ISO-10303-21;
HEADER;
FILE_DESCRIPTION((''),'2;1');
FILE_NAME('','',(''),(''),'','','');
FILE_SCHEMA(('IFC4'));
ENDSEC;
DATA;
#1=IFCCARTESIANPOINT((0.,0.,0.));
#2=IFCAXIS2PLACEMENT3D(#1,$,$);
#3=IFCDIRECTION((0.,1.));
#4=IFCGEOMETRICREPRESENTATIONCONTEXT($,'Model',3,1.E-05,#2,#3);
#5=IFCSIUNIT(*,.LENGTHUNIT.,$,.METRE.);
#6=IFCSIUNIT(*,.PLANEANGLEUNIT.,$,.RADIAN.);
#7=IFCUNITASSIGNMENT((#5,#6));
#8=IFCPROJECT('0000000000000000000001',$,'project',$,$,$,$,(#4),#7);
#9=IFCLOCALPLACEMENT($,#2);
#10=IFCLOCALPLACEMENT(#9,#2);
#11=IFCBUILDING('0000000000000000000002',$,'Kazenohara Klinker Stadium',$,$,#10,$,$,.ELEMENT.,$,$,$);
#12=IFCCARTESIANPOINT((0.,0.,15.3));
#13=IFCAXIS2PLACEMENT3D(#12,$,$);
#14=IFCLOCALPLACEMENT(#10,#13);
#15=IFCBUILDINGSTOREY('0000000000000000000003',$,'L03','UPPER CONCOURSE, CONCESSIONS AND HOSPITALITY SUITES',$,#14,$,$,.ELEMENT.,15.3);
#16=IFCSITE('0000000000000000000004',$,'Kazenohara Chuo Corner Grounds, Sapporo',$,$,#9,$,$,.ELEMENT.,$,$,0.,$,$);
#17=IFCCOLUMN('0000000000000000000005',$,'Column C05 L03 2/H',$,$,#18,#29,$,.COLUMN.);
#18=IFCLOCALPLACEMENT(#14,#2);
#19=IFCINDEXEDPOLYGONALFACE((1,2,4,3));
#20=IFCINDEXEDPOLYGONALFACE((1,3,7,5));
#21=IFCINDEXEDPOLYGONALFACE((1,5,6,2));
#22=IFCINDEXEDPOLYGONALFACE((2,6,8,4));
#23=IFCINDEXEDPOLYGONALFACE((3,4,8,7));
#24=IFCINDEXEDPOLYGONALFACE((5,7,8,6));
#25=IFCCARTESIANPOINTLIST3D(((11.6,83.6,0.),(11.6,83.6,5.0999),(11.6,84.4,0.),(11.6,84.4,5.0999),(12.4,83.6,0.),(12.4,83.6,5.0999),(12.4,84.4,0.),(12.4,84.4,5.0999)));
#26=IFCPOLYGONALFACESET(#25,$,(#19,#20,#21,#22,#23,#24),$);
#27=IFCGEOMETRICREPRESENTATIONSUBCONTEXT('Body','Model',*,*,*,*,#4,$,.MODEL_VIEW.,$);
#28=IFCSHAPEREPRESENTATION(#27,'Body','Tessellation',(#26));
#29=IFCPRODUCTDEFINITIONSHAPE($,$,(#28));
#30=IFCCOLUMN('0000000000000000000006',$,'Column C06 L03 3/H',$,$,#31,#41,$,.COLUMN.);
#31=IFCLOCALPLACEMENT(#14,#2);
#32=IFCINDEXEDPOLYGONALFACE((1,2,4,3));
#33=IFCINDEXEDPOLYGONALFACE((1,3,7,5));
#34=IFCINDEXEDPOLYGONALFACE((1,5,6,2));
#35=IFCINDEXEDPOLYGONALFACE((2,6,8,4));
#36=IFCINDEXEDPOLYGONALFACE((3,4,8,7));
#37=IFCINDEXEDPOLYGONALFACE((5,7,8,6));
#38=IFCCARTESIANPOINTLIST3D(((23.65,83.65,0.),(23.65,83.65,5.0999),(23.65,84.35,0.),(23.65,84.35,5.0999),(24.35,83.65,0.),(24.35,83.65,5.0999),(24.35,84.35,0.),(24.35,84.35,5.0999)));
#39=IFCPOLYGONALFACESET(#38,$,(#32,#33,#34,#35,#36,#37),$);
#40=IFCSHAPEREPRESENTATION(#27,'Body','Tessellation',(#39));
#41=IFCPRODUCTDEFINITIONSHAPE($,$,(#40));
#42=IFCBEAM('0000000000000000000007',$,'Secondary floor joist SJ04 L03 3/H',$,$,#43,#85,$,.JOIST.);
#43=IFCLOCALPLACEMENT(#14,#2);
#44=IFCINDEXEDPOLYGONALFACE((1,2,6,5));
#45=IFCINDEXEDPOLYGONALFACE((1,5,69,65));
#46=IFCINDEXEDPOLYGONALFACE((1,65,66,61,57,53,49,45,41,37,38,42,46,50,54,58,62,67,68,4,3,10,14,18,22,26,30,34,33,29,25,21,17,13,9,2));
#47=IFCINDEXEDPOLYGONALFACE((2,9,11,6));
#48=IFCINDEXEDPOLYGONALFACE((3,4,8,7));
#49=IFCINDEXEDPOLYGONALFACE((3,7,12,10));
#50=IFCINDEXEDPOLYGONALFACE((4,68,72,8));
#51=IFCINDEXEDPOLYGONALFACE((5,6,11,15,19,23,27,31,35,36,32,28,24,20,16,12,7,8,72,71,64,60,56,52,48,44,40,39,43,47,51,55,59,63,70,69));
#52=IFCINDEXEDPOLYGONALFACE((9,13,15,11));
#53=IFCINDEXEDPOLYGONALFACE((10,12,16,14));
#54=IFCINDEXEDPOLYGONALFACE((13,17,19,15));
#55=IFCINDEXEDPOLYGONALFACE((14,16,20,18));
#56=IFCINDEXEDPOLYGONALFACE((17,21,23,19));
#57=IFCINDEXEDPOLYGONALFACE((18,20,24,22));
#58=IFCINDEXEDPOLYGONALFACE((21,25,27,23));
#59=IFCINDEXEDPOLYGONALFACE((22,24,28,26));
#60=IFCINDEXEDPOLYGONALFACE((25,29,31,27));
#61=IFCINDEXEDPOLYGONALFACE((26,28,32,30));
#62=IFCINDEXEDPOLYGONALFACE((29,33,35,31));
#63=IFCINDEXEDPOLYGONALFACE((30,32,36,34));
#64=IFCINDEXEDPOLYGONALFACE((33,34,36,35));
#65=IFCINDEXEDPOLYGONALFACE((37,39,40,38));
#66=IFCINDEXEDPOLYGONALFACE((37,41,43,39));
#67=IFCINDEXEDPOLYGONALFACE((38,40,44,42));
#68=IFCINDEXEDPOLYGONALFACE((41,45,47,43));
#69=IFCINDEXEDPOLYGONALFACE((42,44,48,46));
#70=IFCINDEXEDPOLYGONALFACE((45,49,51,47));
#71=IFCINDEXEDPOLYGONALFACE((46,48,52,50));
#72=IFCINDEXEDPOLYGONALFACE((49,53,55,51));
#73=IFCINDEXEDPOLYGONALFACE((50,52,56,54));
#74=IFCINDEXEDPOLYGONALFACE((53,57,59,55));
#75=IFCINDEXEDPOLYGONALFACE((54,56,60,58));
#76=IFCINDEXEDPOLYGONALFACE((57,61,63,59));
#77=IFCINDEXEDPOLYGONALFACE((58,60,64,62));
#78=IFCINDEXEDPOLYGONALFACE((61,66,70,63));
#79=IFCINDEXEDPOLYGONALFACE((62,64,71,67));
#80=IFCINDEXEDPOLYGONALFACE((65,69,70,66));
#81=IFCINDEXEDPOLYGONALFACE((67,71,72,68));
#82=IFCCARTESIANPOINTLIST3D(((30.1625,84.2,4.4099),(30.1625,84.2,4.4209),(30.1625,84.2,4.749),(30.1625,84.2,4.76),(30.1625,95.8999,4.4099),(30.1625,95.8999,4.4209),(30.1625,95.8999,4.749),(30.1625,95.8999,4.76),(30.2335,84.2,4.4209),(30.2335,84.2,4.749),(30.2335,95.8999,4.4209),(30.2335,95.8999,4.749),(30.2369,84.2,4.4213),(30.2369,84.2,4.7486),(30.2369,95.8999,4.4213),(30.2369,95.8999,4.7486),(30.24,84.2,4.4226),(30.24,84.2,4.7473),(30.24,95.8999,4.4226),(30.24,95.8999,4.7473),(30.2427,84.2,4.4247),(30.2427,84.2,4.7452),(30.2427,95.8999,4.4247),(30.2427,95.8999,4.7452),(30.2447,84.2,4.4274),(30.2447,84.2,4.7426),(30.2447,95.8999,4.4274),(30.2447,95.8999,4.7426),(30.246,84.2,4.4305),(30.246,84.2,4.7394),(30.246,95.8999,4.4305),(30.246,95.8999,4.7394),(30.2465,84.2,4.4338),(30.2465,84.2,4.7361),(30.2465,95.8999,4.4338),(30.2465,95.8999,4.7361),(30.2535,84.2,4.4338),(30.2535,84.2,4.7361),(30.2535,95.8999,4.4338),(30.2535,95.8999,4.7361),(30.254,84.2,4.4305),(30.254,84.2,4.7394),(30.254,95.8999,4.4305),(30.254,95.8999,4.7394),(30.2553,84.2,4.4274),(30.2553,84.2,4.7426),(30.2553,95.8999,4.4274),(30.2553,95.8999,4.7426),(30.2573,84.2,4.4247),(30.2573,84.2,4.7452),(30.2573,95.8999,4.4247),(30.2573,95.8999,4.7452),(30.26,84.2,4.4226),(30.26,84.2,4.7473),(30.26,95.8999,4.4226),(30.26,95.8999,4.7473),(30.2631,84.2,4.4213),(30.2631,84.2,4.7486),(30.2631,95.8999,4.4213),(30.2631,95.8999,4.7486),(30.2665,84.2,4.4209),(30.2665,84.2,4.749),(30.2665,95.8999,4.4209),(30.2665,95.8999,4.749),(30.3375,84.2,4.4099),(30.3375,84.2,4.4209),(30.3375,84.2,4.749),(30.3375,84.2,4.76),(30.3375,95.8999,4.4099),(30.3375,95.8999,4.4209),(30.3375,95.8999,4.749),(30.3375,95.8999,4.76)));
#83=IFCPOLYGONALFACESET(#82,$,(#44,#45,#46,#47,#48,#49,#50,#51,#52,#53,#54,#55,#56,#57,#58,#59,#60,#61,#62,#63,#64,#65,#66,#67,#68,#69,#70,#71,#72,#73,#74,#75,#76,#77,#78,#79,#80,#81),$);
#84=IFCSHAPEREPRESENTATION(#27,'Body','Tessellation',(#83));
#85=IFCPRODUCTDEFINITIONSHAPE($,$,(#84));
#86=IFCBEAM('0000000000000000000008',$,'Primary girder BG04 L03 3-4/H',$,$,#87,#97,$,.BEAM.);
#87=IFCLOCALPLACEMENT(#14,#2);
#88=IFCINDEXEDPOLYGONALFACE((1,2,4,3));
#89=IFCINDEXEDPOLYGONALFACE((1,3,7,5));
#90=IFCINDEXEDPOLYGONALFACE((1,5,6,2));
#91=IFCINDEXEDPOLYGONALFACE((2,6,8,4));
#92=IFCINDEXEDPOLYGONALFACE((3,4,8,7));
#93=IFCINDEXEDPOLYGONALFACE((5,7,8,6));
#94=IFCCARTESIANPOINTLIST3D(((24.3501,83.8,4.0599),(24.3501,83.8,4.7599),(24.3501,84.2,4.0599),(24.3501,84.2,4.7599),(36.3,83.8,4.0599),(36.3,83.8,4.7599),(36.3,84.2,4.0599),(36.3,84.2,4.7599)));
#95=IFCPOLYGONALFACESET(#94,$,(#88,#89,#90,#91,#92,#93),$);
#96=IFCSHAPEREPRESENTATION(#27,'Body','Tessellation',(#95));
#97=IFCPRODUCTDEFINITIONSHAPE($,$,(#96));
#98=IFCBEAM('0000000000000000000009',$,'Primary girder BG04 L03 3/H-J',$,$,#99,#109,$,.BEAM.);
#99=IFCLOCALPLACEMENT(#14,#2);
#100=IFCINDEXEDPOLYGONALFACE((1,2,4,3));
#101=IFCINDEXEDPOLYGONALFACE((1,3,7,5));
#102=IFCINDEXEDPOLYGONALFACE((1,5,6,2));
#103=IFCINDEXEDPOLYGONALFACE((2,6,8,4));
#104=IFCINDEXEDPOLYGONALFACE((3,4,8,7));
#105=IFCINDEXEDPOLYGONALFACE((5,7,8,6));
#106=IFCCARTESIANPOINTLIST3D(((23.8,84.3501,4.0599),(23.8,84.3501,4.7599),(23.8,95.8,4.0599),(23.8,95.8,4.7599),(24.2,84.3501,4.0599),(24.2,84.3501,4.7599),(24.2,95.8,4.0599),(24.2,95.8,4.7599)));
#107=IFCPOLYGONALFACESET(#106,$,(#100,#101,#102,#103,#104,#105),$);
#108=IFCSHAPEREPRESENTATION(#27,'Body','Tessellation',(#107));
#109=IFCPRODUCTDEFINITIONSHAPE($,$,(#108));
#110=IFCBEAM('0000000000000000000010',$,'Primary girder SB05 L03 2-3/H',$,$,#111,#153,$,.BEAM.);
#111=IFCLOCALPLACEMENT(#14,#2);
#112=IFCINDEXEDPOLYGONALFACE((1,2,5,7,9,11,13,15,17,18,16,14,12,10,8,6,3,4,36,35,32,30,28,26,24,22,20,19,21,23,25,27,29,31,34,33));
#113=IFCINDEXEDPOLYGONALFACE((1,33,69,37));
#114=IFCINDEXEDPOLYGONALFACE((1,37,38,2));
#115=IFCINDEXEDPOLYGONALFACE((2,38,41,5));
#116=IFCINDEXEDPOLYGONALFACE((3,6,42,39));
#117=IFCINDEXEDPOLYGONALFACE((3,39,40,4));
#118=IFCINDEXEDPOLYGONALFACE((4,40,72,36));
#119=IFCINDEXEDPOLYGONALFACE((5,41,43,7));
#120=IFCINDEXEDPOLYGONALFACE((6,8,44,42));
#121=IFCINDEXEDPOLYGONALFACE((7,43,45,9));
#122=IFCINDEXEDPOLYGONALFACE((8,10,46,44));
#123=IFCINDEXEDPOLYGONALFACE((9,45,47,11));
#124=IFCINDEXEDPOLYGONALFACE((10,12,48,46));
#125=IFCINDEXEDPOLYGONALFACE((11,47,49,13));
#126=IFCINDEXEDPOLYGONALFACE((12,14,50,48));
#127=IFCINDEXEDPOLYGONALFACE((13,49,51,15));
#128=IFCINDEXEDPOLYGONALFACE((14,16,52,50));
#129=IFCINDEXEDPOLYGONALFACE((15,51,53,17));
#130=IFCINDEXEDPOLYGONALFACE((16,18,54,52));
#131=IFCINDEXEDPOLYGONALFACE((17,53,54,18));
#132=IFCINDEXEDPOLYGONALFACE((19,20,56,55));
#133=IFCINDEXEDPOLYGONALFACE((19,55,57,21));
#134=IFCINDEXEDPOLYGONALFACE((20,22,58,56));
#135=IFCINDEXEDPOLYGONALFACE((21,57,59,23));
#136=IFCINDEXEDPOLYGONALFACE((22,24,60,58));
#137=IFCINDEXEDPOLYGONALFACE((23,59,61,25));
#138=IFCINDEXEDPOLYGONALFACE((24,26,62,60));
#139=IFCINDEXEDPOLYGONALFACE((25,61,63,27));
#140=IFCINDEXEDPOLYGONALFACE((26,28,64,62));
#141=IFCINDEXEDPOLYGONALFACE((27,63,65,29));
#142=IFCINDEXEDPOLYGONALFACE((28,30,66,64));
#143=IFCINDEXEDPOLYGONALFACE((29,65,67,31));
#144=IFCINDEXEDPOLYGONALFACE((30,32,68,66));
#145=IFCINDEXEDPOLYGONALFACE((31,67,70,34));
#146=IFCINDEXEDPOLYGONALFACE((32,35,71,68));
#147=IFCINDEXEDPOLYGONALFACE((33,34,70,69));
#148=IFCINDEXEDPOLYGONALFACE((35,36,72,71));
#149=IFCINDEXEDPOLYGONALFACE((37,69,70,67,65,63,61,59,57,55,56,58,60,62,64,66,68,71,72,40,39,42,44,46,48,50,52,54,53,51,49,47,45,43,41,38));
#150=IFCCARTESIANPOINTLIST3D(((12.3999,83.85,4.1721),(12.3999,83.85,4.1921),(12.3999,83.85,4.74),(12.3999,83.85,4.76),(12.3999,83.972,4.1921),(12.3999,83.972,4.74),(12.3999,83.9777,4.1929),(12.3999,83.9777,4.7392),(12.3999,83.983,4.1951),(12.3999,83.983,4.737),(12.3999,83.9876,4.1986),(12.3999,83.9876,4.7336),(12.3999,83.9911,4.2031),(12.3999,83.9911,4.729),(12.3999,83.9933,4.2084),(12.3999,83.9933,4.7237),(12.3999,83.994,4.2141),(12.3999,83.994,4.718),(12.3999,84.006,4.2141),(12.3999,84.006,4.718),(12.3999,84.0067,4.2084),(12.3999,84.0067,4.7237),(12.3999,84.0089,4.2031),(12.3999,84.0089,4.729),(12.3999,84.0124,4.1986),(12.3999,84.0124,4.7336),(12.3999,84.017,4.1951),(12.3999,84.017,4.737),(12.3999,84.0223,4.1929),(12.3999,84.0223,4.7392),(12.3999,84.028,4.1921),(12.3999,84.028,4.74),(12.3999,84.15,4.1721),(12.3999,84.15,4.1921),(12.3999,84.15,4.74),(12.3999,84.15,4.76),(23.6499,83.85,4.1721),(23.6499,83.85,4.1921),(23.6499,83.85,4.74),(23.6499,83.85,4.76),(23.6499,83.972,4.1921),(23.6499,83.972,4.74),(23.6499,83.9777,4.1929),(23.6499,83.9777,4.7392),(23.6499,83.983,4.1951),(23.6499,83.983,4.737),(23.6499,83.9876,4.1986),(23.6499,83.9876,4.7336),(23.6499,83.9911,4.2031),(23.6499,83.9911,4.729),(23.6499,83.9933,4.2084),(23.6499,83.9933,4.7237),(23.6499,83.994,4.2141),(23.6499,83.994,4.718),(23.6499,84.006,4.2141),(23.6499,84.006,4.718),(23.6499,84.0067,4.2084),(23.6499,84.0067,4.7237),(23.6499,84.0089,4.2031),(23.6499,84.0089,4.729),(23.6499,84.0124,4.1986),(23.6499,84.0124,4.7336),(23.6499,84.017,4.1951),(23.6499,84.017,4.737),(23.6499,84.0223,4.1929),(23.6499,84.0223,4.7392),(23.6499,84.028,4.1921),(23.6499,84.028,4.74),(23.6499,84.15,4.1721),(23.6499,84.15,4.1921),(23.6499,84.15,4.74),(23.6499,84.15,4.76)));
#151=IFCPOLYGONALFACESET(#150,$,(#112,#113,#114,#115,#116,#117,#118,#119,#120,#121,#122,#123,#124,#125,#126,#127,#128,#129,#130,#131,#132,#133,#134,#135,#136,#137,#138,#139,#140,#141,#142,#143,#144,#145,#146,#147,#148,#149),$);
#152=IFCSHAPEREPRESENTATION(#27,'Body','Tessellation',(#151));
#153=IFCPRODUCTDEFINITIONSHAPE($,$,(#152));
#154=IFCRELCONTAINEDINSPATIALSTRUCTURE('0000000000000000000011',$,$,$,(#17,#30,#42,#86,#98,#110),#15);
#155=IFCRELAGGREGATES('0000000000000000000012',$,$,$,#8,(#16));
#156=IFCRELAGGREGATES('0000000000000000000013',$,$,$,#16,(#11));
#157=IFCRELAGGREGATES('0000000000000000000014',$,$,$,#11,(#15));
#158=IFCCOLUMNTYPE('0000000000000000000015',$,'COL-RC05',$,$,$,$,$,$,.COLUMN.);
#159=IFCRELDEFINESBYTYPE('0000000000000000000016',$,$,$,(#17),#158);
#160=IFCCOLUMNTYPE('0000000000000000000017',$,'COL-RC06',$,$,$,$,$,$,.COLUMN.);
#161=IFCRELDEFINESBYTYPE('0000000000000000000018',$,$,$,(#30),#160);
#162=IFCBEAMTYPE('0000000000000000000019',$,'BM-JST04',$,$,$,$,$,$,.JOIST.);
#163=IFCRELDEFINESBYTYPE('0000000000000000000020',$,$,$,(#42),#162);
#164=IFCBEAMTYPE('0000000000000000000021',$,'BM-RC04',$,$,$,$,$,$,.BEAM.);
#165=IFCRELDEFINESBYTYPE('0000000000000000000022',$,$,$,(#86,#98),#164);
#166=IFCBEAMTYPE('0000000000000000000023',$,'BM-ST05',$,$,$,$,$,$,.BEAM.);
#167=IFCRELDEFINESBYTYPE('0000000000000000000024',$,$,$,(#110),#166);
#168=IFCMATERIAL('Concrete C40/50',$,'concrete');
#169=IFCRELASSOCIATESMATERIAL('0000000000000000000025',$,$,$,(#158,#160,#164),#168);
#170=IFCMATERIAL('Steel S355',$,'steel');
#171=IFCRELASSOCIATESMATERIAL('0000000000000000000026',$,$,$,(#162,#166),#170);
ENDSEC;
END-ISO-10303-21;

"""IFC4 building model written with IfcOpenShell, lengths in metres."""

from ifc_helpers import new_model, si_unit, direction, frame, origin, origin_2d, place, context, subcontext, project, spatial, rectangle, i_section, extrude, material, material_profile, profile_set, type_object, element, save


model = new_model("IFC4")

# Units and contexts
model_context = context("Model", 3, precision=1e-05, world=origin(), true_north=direction((0.0, 1.0)))
body_context = subcontext(model_context, "Body", "Model", "MODEL_VIEW")
ifc_project = project(units=[si_unit("LENGTHUNIT", "METRE"), si_unit("PLANEANGLEUNIT", "RADIAN")], contexts=[model_context])

# Site, building, storey
site_placement = place(None, origin())
site = spatial("IfcSite", under=ifc_project, at=site_placement, Name="Kazenohara Chuo Corner Grounds, Sapporo", CompositionType="ELEMENT", RefElevation=0.0)
building_placement = place(site_placement, origin())
building = spatial("IfcBuilding", under=site, at=building_placement, Name="Kazenohara Klinker Stadium", CompositionType="ELEMENT")
storey_placement = place(building_placement, frame((0.0, 0.0, 15.3)))
storey = spatial("IfcBuildingStorey", under=building, at=storey_placement, Name="L03", Description="UPPER CONCOURSE, CONCESSIONS AND HOSPITALITY SUITES", CompositionType="ELEMENT", Elevation=15.3)

# Columns
ifc_material_1 = material(Name="Concrete C40/50", Category="concrete")
ifc_material_profile_1 = material_profile(ifc_material_1, rectangle(XDim=0.8, YDim=0.8, at=origin_2d()), Name="RC-COL-800x800")
ifc_profile_set_1 = profile_set([ifc_material_profile_1], Name="Concrete C40/50")
column_type_1 = type_object("IfcColumnType", Name="COL-RC05", PredefinedType="COLUMN", material=ifc_profile_set_1)
column_1_placement = place(storey_placement, frame((12.0, 84.0, 0.0), z_axis=(0.0, 0.0, 1.0), x_axis=(1.0, 0.0, 0.0)))
element("IfcColumn", 1, at=column_1_placement, inside=storey, type_object=column_type_1, Name="Column C05 L03 2/H", PredefinedType="COLUMN", context=body_context, shape_type="SweptSolid", body=[
    extrude(rectangle(XDim=0.8, YDim=0.8, at=origin_2d()), origin(), (0.0, 0.0, 1.0), 5.0999),
])
ifc_material_profile_2 = material_profile(ifc_material_1, rectangle(XDim=0.7, YDim=0.7, at=origin_2d()), Name="RC-COL-700x700")
ifc_profile_set_2 = profile_set([ifc_material_profile_2], Name="Concrete C40/50")
column_type_2 = type_object("IfcColumnType", Name="COL-RC06", PredefinedType="COLUMN", material=ifc_profile_set_2)
column_2_placement = place(storey_placement, frame((24.0, 84.0, 0.0), z_axis=(0.0, 0.0, 1.0), x_axis=(1.0, 0.0, 0.0)))
element("IfcColumn", 2, at=column_2_placement, inside=storey, type_object=column_type_2, Name="Column C06 L03 3/H", PredefinedType="COLUMN", context=body_context, shape_type="SweptSolid", body=[
    extrude(rectangle(XDim=0.7, YDim=0.7, at=origin_2d()), origin(), (0.0, 0.0, 1.0), 5.0999),
])

# Beams
ifc_material_2 = material(Name="Steel S355", Category="steel")
ifc_material_profile_3 = material_profile(ifc_material_2, i_section(OverallWidth=0.175, OverallDepth=0.3501, WebThickness=0.0071, FlangeThickness=0.011, FilletRadius=0.0129, at=origin_2d()), Name="H-350x175x7x11")
ifc_profile_set_3 = profile_set([ifc_material_profile_3], Name="Steel S355")
beam_type_1 = type_object("IfcBeamType", Name="BM-JST04", PredefinedType="JOIST", material=ifc_profile_set_3)
beam_1_placement = place(storey_placement, frame((30.25, 84.2, 4.585), z_axis=(0.0, 1.0, 0.0), x_axis=(-1.0, 0.0, 0.0)))
element("IfcBeam", 3, at=beam_1_placement, inside=storey, type_object=beam_type_1, Name="Secondary floor joist SJ04 L03 3/H", PredefinedType="JOIST", context=body_context, shape_type="SweptSolid", body=[
    extrude(i_section(OverallWidth=0.175, OverallDepth=0.3501, WebThickness=0.0071, FlangeThickness=0.011, FilletRadius=0.0129, at=origin_2d()), origin(), (0.0, 0.0, 1.0), 11.7),
])
ifc_material_profile_4 = material_profile(ifc_material_1, rectangle(XDim=0.3999, YDim=0.7, at=origin_2d()), Name="RC-BM-400x700")
ifc_profile_set_4 = profile_set([ifc_material_profile_4], Name="Concrete C40/50")
beam_type_2 = type_object("IfcBeamType", Name="BM-RC04", PredefinedType="BEAM", material=ifc_profile_set_4)
beam_2_placement = place(storey_placement, frame((24.3501, 84.0, 4.4099), z_axis=(1.0, 0.0, 0.0), x_axis=(0.0, 1.0, 0.0)))
element("IfcBeam", 4, at=beam_2_placement, inside=storey, type_object=beam_type_2, Name="Primary girder BG04 L03 3-4/H", PredefinedType="BEAM", context=body_context, shape_type="SweptSolid", body=[
    extrude(rectangle(XDim=0.3999, YDim=0.7, at=origin_2d()), origin(), (0.0, 0.0, 1.0), 11.95),
])
beam_3_placement = place(storey_placement, frame((24.0, 84.3501, 4.4099), z_axis=(0.0, 1.0, 0.0), x_axis=(-1.0, 0.0, 0.0)))
element("IfcBeam", 5, at=beam_3_placement, inside=storey, type_object=beam_type_2, Name="Primary girder BG04 L03 3/H-J", PredefinedType="BEAM", context=body_context, shape_type="SweptSolid", body=[
    extrude(rectangle(XDim=0.3999, YDim=0.7, at=origin_2d()), origin(), (0.0, 0.0, 1.0), 11.45),
])
ifc_material_profile_5 = material_profile(ifc_material_2, i_section(OverallWidth=0.3, OverallDepth=0.5879, WebThickness=0.012, FlangeThickness=0.02, FilletRadius=0.022, at=origin_2d()), Name="H-588x300x12x20")
ifc_profile_set_5 = profile_set([ifc_material_profile_5], Name="Steel S355")
beam_type_3 = type_object("IfcBeamType", Name="BM-ST05", PredefinedType="BEAM", material=ifc_profile_set_5)
for number, where, z_axis, x_axis, name in (
    (6, (12.3999, 84.0, 4.4661), (1.0, 0.0, 0.0), (0.0, 1.0, 0.0), "Primary girder SB05 L03 2-3/H"),
):
    element("IfcBeam", number, at=place(storey_placement, frame(where, z_axis=z_axis, x_axis=x_axis)), inside=storey, type_object=beam_type_3, Name=name, PredefinedType="BEAM", context=body_context, shape_type="SweptSolid", body=[
        extrude(i_section(OverallWidth=0.3, OverallDepth=0.5879, WebThickness=0.012, FlangeThickness=0.02, FilletRadius=0.022, at=origin_2d()), origin(), (0.0, 0.0, 1.0), 11.25),
    ])

save(model, "model.ifc")
